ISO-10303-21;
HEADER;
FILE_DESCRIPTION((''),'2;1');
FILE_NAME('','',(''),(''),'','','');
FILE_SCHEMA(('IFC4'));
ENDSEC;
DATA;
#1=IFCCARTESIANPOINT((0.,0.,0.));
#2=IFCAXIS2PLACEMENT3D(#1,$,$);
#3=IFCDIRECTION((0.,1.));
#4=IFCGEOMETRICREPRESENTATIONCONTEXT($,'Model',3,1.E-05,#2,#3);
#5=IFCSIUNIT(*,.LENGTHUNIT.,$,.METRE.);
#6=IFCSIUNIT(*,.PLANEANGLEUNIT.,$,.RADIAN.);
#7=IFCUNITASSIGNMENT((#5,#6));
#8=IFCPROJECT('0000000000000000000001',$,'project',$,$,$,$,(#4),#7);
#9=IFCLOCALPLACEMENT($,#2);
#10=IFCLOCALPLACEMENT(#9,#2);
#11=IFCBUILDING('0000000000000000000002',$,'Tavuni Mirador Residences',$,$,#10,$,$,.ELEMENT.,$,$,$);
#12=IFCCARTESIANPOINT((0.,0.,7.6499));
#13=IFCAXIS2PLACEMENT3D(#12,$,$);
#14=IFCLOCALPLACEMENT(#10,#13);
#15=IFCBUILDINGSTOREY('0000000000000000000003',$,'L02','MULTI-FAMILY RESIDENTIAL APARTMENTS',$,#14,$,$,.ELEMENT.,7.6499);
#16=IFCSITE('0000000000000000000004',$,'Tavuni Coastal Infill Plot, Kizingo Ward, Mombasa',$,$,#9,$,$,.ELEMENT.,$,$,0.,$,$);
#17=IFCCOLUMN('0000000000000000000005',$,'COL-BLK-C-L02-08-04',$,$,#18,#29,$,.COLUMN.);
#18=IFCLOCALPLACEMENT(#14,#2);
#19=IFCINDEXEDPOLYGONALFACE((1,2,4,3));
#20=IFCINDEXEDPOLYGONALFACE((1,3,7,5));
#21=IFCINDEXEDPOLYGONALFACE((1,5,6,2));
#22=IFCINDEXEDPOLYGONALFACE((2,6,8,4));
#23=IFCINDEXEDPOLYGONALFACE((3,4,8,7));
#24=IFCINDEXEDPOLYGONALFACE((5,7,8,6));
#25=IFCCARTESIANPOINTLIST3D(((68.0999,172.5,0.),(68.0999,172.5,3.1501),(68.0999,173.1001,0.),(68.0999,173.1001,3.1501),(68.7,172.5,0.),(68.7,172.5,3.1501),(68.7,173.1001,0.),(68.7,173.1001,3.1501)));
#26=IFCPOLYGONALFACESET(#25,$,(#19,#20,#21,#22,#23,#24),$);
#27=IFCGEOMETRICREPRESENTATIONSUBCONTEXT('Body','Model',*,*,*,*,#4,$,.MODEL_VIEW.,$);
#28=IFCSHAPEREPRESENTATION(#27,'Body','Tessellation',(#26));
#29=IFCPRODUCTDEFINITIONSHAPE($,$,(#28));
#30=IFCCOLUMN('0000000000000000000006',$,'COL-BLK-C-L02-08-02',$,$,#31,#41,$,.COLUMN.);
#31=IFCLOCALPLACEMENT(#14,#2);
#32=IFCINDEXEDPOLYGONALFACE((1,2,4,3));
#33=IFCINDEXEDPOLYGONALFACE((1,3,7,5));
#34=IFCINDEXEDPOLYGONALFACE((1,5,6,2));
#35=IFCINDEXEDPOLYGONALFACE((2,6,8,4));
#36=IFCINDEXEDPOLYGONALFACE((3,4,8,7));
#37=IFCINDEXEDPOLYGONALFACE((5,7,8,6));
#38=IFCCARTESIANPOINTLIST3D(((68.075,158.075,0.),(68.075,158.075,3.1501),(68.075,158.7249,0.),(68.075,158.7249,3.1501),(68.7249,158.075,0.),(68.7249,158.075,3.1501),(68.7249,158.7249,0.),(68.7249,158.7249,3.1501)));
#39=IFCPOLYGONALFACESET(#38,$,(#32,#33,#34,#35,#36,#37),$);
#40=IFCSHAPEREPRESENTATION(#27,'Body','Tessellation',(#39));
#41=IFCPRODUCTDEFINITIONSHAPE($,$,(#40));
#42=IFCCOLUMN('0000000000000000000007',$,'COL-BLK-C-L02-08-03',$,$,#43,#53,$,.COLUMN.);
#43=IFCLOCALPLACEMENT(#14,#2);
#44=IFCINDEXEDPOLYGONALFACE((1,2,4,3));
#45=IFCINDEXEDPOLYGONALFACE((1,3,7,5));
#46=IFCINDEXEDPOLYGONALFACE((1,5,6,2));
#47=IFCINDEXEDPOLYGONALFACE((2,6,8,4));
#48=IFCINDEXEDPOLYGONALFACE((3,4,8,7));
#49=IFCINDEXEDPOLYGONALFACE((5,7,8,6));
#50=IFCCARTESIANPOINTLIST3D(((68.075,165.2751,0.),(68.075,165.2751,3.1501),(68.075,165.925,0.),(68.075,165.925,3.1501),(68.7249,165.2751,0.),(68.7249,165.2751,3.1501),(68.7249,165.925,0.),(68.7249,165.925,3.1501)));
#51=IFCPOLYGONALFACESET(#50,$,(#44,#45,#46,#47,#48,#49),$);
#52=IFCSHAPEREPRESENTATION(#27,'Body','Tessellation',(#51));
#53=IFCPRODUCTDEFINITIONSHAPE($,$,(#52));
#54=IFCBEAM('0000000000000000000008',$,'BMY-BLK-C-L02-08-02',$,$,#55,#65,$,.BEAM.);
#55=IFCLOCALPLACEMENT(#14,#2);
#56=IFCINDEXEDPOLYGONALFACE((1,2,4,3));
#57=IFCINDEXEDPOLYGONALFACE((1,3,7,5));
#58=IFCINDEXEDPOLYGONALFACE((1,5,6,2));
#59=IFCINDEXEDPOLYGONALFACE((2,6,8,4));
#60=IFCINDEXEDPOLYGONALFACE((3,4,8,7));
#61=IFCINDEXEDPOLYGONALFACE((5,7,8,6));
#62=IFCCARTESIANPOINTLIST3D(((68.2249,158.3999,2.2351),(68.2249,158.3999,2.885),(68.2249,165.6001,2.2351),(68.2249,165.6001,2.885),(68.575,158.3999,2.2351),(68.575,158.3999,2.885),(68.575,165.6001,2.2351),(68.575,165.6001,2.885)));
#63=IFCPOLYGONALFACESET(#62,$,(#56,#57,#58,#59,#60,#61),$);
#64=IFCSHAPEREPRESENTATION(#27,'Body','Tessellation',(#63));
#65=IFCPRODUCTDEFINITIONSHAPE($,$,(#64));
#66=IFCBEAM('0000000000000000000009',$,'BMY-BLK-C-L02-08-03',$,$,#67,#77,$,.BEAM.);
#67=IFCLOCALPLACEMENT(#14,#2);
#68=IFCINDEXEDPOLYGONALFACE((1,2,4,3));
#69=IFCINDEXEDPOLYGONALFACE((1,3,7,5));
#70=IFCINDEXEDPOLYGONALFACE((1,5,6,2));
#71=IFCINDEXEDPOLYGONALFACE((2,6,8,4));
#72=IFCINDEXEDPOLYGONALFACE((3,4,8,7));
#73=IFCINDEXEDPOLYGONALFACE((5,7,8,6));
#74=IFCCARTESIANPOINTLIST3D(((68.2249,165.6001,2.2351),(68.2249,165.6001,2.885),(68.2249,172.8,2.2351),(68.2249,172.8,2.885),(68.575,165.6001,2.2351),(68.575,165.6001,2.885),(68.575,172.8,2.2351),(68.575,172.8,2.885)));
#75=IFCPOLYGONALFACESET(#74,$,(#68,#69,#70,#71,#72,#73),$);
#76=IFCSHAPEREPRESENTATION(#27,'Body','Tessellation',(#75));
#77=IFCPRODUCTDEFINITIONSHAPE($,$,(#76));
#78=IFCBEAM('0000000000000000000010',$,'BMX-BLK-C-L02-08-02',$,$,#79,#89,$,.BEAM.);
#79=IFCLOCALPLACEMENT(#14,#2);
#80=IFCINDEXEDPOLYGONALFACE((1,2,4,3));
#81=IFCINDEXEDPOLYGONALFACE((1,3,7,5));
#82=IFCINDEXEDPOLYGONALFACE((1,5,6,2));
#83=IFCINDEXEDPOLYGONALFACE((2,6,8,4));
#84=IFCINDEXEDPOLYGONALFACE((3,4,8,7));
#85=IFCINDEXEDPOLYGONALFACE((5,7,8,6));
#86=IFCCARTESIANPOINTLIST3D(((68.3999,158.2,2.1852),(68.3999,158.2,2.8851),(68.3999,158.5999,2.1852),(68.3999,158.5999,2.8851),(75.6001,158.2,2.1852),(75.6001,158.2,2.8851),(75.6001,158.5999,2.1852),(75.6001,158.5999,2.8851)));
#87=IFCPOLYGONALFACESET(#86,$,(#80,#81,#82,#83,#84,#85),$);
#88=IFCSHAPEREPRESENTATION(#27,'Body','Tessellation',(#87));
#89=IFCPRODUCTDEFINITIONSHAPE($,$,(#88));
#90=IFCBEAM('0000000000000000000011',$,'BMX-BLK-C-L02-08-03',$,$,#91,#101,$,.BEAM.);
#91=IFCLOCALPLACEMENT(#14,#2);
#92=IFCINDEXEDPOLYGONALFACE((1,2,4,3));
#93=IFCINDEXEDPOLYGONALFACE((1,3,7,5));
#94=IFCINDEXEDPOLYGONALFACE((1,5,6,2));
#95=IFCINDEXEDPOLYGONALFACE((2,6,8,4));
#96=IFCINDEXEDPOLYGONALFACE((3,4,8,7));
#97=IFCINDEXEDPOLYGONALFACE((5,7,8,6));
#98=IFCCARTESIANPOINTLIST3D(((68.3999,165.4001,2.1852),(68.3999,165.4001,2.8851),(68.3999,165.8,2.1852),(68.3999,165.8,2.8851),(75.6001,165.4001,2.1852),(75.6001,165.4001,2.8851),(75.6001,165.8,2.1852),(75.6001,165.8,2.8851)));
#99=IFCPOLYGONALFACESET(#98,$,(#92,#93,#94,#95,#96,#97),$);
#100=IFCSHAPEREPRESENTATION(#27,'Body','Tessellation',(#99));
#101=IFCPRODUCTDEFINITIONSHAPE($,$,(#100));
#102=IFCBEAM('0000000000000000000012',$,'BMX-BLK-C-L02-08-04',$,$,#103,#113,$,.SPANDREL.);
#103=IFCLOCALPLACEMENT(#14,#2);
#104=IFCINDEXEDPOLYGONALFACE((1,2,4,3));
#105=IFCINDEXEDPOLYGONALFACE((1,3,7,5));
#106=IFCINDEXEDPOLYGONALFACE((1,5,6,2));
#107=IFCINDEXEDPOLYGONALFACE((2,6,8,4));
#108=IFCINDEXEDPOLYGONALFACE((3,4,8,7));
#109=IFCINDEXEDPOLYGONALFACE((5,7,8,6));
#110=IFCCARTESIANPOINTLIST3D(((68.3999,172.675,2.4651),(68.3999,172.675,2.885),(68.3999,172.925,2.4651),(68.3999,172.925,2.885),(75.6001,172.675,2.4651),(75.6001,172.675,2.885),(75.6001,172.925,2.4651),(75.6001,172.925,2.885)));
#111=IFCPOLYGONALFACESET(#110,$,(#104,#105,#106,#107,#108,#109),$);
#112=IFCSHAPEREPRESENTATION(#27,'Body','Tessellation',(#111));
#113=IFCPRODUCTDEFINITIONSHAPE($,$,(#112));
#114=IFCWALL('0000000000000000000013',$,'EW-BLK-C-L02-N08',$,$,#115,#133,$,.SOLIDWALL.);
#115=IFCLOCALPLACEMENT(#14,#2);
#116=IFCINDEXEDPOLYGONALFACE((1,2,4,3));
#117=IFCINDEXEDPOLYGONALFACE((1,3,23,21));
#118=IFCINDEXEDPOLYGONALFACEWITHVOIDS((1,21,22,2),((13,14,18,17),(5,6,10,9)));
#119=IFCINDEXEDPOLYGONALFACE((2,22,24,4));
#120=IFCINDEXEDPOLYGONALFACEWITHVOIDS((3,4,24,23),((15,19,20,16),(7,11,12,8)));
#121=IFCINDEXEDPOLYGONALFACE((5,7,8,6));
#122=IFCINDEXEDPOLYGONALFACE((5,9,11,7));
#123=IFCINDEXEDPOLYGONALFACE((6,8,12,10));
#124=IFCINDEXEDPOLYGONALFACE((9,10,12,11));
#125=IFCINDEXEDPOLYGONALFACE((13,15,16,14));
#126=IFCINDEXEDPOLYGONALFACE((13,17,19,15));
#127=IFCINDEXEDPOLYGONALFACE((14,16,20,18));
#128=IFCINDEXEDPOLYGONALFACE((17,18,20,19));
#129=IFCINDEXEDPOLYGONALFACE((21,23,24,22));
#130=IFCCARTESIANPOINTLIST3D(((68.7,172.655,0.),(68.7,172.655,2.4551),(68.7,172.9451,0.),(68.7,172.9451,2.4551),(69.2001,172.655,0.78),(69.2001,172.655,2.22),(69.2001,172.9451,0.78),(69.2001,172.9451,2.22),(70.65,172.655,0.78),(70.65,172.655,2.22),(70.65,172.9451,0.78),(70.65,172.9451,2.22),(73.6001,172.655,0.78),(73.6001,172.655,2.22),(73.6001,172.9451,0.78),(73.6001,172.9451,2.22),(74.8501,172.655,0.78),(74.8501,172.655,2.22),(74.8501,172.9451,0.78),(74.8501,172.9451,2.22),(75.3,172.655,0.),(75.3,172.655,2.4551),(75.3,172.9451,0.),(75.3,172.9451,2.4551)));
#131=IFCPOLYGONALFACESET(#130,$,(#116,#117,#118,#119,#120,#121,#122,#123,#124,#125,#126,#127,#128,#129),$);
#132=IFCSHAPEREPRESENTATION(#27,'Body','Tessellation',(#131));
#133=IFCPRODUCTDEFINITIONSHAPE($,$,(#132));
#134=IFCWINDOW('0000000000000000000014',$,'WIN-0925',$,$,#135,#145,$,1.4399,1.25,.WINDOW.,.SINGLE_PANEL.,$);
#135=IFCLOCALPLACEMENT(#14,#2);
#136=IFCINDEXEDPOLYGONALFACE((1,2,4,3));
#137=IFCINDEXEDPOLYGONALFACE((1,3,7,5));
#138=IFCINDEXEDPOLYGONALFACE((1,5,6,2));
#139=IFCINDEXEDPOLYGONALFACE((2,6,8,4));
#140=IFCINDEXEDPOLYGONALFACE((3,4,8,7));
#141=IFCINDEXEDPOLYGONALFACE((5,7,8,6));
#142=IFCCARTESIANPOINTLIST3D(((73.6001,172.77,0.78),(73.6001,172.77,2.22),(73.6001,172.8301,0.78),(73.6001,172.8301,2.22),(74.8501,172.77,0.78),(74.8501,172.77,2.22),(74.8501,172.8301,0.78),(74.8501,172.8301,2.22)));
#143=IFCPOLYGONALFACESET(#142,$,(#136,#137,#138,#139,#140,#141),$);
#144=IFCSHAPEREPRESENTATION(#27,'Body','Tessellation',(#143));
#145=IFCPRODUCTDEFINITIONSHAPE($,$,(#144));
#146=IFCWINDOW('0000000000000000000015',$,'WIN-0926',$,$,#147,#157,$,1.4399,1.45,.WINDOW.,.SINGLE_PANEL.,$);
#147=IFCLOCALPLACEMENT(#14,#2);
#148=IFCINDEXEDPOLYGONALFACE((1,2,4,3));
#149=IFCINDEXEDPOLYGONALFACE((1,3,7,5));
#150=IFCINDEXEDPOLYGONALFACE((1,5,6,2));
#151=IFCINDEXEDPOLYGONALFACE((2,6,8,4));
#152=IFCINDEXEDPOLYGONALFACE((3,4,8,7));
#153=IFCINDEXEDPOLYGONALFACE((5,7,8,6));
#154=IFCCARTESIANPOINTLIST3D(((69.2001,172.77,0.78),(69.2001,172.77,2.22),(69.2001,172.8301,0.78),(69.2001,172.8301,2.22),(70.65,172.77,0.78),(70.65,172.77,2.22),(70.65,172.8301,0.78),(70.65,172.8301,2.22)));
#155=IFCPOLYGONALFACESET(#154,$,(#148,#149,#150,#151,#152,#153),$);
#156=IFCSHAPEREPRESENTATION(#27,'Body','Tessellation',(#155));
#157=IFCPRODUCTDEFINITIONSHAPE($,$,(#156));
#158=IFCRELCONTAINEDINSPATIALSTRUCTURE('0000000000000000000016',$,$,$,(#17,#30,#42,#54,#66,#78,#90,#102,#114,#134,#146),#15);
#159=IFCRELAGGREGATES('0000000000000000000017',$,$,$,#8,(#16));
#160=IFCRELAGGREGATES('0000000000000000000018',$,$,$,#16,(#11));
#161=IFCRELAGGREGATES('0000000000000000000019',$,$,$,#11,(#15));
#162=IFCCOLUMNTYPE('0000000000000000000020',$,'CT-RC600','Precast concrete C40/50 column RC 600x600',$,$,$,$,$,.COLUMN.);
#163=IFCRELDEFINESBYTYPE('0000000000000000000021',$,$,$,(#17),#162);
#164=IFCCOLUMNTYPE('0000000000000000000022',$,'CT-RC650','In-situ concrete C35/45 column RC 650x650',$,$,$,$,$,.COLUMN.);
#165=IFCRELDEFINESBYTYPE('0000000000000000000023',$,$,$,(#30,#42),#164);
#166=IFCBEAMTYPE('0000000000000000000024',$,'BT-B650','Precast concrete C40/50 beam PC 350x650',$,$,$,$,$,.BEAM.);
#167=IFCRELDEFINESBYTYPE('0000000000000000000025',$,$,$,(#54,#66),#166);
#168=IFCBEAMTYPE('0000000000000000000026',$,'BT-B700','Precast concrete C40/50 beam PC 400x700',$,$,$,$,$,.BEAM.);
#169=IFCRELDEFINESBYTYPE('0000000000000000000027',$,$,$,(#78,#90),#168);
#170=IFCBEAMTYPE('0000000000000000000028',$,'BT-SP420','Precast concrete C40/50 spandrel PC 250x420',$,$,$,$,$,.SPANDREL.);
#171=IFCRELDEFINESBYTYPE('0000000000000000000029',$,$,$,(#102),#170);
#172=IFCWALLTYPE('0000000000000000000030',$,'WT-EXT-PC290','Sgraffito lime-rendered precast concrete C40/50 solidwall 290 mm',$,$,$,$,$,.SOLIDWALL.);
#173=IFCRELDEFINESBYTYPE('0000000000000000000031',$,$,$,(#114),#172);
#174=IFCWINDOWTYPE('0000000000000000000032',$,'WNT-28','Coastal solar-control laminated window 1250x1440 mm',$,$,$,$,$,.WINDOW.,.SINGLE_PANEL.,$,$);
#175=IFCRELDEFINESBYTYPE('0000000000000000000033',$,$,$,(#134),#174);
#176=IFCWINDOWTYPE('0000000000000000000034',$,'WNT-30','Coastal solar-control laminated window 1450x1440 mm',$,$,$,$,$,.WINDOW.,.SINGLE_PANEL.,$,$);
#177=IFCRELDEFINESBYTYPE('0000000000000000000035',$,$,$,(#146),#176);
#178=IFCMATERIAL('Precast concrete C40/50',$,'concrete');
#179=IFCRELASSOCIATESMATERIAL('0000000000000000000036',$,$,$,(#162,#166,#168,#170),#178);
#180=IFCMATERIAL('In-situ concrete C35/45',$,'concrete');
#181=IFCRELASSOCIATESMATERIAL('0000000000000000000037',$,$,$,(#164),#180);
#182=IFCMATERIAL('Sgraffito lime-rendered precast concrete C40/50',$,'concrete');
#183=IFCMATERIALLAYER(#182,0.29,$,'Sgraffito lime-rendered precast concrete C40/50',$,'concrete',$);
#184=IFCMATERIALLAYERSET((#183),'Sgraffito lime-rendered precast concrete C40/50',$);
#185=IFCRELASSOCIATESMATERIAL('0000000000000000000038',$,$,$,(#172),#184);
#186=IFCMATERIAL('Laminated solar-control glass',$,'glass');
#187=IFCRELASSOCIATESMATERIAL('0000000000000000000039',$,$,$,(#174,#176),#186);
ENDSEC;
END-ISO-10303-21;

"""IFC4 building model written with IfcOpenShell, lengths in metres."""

from ifc_helpers import new_model, si_unit, direction, frame, frame_2d, origin, origin_2d, place, context, subcontext, project, spatial, rectangle, extrude, material, layer, layer_set, material_profile, profile_set, type_object, element, fill, save


model = new_model("IFC4")

# Units and contexts
model_context = context("Model", 3, precision=1e-05, world=origin(), true_north=direction((0.0, 1.0)))
body_context = subcontext(model_context, "Body", "Model", "MODEL_VIEW")
ifc_project = project(units=[si_unit("LENGTHUNIT", "METRE"), si_unit("PLANEANGLEUNIT", "RADIAN")], contexts=[model_context])

# Site, building, storey
site_placement = place(None, origin())
site = spatial("IfcSite", under=ifc_project, at=site_placement, Name="Tavuni Coastal Infill Plot, Kizingo Ward, Mombasa", CompositionType="ELEMENT", RefElevation=0.0)
building_placement = place(site_placement, origin())
building = spatial("IfcBuilding", under=site, at=building_placement, Name="Tavuni Mirador Residences", CompositionType="ELEMENT")
storey_placement = place(building_placement, frame((0.0, 0.0, 7.6499)))
storey = spatial("IfcBuildingStorey", under=building, at=storey_placement, Name="L02", Description="MULTI-FAMILY RESIDENTIAL APARTMENTS", CompositionType="ELEMENT", Elevation=7.6499)

# Columns
ifc_material_1 = material(Name="Precast concrete C40/50", Category="concrete")
ifc_material_profile_1 = material_profile(ifc_material_1, rectangle(XDim=0.6001, YDim=0.6001, at=origin_2d()), Name="RC 600x600", Category="concrete")
ifc_profile_set_1 = profile_set([ifc_material_profile_1], Name="Precast concrete C40/50")
column_type_1 = type_object("IfcColumnType", Name="CT-RC600", Description="Precast concrete C40/50 column RC 600x600", PredefinedType="COLUMN", material=ifc_profile_set_1)
column_placement = place(storey_placement, frame((68.3999, 172.8, 0.0), z_axis=(0.0, 0.0, 1.0), x_axis=(1.0, 0.0, 0.0)))
element("IfcColumn", 1, at=column_placement, inside=storey, type_object=column_type_1, Name="COL-BLK-C-L02-08-04", PredefinedType="COLUMN", context=body_context, shape_type="SweptSolid", body=[
    extrude(rectangle(XDim=0.6001, YDim=0.6001, at=origin_2d()), origin(), (0.0, 0.0, 1.0), 3.1501),
])
ifc_material_2 = material(Name="In-situ concrete C35/45", Category="concrete")
ifc_material_profile_2 = material_profile(ifc_material_2, rectangle(XDim=0.6499, YDim=0.6499, at=origin_2d()), Name="RC 650x650", Category="concrete")
ifc_profile_set_2 = profile_set([ifc_material_profile_2], Name="In-situ concrete C35/45")
column_type_2 = type_object("IfcColumnType", Name="CT-RC650", Description="In-situ concrete C35/45 column RC 650x650", PredefinedType="COLUMN", material=ifc_profile_set_2)
for number, where, z_axis, x_axis, name in (
    (2, (68.3999, 158.3999, 0.0), (0.0, 0.0, 1.0), (1.0, 0.0, 0.0), "COL-BLK-C-L02-08-02"),
    (3, (68.3999, 165.6001, 0.0), (0.0, 0.0, 1.0), (1.0, 0.0, 0.0), "COL-BLK-C-L02-08-03"),
):
    element("IfcColumn", number, at=place(storey_placement, frame(where, z_axis=z_axis, x_axis=x_axis)), inside=storey, type_object=column_type_2, Name=name, PredefinedType="COLUMN", context=body_context, shape_type="SweptSolid", body=[
        extrude(rectangle(XDim=0.6499, YDim=0.6499, at=origin_2d()), origin(), (0.0, 0.0, 1.0), 3.1501),
    ])

# Beams
ifc_material_profile_3 = material_profile(ifc_material_1, rectangle(XDim=0.3501, YDim=0.6499, at=origin_2d()), Name="PC 350x650", Category="concrete")
ifc_profile_set_3 = profile_set([ifc_material_profile_3], Name="Precast concrete C40/50")
beam_type_1 = type_object("IfcBeamType", Name="BT-B650", Description="Precast concrete C40/50 beam PC 350x650", PredefinedType="BEAM", material=ifc_profile_set_3)
beam_1_placement = place(storey_placement, frame((68.3999, 158.3999, 2.5601), z_axis=(0.0, 1.0, 0.0), x_axis=(-1.0, 0.0, 0.0)))
element("IfcBeam", 4, at=beam_1_placement, inside=storey, type_object=beam_type_1, Name="BMY-BLK-C-L02-08-02", PredefinedType="BEAM", context=body_context, shape_type="SweptSolid", body=[
    extrude(rectangle(XDim=0.3501, YDim=0.6499, at=origin_2d()), origin(), (0.0, 0.0, 1.0), 7.2002),
])
beam_2_placement = place(storey_placement, frame((68.3999, 165.6001, 2.5601), z_axis=(0.0, 1.0, 0.0), x_axis=(-1.0, 0.0, 0.0)))
element("IfcBeam", 5, at=beam_2_placement, inside=storey, type_object=beam_type_1, Name="BMY-BLK-C-L02-08-03", PredefinedType="BEAM", context=body_context, shape_type="SweptSolid", body=[
    extrude(rectangle(XDim=0.3501, YDim=0.6499, at=origin_2d()), origin(), (0.0, 0.0, 1.0), 7.2),
])
ifc_material_profile_4 = material_profile(ifc_material_1, rectangle(XDim=0.3999, YDim=0.7, at=origin_2d()), Name="PC 400x700", Category="concrete")
ifc_profile_set_4 = profile_set([ifc_material_profile_4], Name="Precast concrete C40/50")
beam_type_2 = type_object("IfcBeamType", Name="BT-B700", Description="Precast concrete C40/50 beam PC 400x700", PredefinedType="BEAM", material=ifc_profile_set_4)
for number, where, z_axis, x_axis, name in (
    (6, (68.3999, 158.3999, 2.5352), (1.0, 0.0, 0.0), (0.0, 1.0, 0.0), "BMX-BLK-C-L02-08-02"),
    (7, (68.3999, 165.6001, 2.5352), (1.0, 0.0, 0.0), (0.0, 1.0, 0.0), "BMX-BLK-C-L02-08-03"),
):
    element("IfcBeam", number, at=place(storey_placement, frame(where, z_axis=z_axis, x_axis=x_axis)), inside=storey, type_object=beam_type_2, Name=name, PredefinedType="BEAM", context=body_context, shape_type="SweptSolid", body=[
        extrude(rectangle(XDim=0.3999, YDim=0.7, at=origin_2d()), origin(), (0.0, 0.0, 1.0), 7.2002),
    ])
ifc_material_profile_5 = material_profile(ifc_material_1, rectangle(XDim=0.25, YDim=0.4199, at=origin_2d()), Name="PC 250x420", Category="concrete")
ifc_profile_set_5 = profile_set([ifc_material_profile_5], Name="Precast concrete C40/50")
beam_type_3 = type_object("IfcBeamType", Name="BT-SP420", Description="Precast concrete C40/50 spandrel PC 250x420", PredefinedType="SPANDREL", material=ifc_profile_set_5)
beam_3_placement = place(storey_placement, frame((68.3999, 172.8, 2.675), z_axis=(1.0, 0.0, 0.0), x_axis=(0.0, 1.0, 0.0)))
element("IfcBeam", 8, at=beam_3_placement, inside=storey, type_object=beam_type_3, Name="BMX-BLK-C-L02-08-04", PredefinedType="SPANDREL", context=body_context, shape_type="SweptSolid", body=[
    extrude(rectangle(XDim=0.25, YDim=0.4199, at=origin_2d()), origin(), (0.0, 0.0, 1.0), 7.2002),
])

# Wall, openings, windows
ifc_material_3 = material(Name="Sgraffito lime-rendered precast concrete C40/50", Category="concrete")
ifc_layer_1 = layer(ifc_material_3, 0.29, Name="Sgraffito lime-rendered precast concrete C40/50", Category="concrete")
ifc_layer_set_1 = layer_set([ifc_layer_1], Name="Sgraffito lime-rendered precast concrete C40/50")
wall_type_1 = type_object("IfcWallType", Name="WT-EXT-PC290", Description="Sgraffito lime-rendered precast concrete C40/50 solidwall 290 mm", PredefinedType="SOLIDWALL", material=ifc_layer_set_1)
wall_1_placement = place(storey_placement, frame((75.3, 172.8, 0.0), z_axis=(0.0, 0.0, 1.0), x_axis=(-1.0, 0.0, 0.0)))
wall_1 = element("IfcWall", 9, at=wall_1_placement, inside=storey, type_object=wall_type_1, Name="EW-BLK-C-L02-N08", PredefinedType="SOLIDWALL", context=body_context, shape_type="SweptSolid", body=[
    extrude(rectangle(XDim=6.6001, YDim=0.29, at=frame_2d((3.3, 0.0))), origin(), (0.0, 0.0, 1.0), 2.4551),
])
opening_1_placement = place(wall_1_placement, frame((0.45, 0.0, 0.78)))
opening_1 = element("IfcOpeningElement", 10, at=opening_1_placement, cuts=wall_1, PredefinedType="OPENING", context=body_context, shape_type="SweptSolid", body=[
    extrude(rectangle(XDim=1.25, YDim=1.4399, at=frame_2d((0.625, 0.72))), frame((0.0, 0.155, 0.0), z_axis=(0.0, -1.0, 0.0), x_axis=(1.0, 0.0, 0.0)), (0.0, 0.0, 1.0), 0.3101),
])
opening_2_placement = place(wall_1_placement, frame((4.6499, 0.0, 0.78)))
opening_2 = element("IfcOpeningElement", 11, at=opening_2_placement, cuts=wall_1, PredefinedType="OPENING", context=body_context, shape_type="SweptSolid", body=[
    extrude(rectangle(XDim=1.45, YDim=1.4399, at=frame_2d((0.7251, 0.72))), frame((0.0, 0.155, 0.0), z_axis=(0.0, -1.0, 0.0), x_axis=(1.0, 0.0, 0.0)), (0.0, 0.0, 1.0), 0.3101),
])
ifc_material_4 = material(Name="Laminated solar-control glass", Category="glass")
window_type_1 = type_object("IfcWindowType", Name="WNT-28", Description="Coastal solar-control laminated window 1250x1440 mm", PartitioningType="SINGLE_PANEL", PredefinedType="WINDOW", material=ifc_material_4)
window_1_placement = place(opening_1_placement, origin())
window_1 = element("IfcWindow", 12, at=window_1_placement, inside=storey, type_object=window_type_1, Name="WIN-0925", OverallHeight=1.4399, OverallWidth=1.25, PartitioningType="SINGLE_PANEL", PredefinedType="WINDOW", context=body_context, shape_type="SweptSolid", body=[
    extrude(rectangle(XDim=1.25, YDim=1.4399, at=frame_2d((0.625, 0.72))), frame((0.0, 0.03, 0.0), z_axis=(0.0, -1.0, 0.0), x_axis=(1.0, 0.0, 0.0)), (0.0, 0.0, 1.0), 0.0601),
])
fill(opening_1, window_1)
window_type_2 = type_object("IfcWindowType", Name="WNT-30", Description="Coastal solar-control laminated window 1450x1440 mm", PartitioningType="SINGLE_PANEL", PredefinedType="WINDOW", material=ifc_material_4)
window_2_placement = place(opening_2_placement, origin())
window_2 = element("IfcWindow", 13, at=window_2_placement, inside=storey, type_object=window_type_2, Name="WIN-0926", OverallHeight=1.4399, OverallWidth=1.45, PartitioningType="SINGLE_PANEL", PredefinedType="WINDOW", context=body_context, shape_type="SweptSolid", body=[
    extrude(rectangle(XDim=1.45, YDim=1.4399, at=frame_2d((0.7251, 0.72))), frame((0.0, 0.03, 0.0), z_axis=(0.0, -1.0, 0.0), x_axis=(1.0, 0.0, 0.0)), (0.0, 0.0, 1.0), 0.0601),
])
fill(opening_2, window_2)

save(model, "model.ifc")
